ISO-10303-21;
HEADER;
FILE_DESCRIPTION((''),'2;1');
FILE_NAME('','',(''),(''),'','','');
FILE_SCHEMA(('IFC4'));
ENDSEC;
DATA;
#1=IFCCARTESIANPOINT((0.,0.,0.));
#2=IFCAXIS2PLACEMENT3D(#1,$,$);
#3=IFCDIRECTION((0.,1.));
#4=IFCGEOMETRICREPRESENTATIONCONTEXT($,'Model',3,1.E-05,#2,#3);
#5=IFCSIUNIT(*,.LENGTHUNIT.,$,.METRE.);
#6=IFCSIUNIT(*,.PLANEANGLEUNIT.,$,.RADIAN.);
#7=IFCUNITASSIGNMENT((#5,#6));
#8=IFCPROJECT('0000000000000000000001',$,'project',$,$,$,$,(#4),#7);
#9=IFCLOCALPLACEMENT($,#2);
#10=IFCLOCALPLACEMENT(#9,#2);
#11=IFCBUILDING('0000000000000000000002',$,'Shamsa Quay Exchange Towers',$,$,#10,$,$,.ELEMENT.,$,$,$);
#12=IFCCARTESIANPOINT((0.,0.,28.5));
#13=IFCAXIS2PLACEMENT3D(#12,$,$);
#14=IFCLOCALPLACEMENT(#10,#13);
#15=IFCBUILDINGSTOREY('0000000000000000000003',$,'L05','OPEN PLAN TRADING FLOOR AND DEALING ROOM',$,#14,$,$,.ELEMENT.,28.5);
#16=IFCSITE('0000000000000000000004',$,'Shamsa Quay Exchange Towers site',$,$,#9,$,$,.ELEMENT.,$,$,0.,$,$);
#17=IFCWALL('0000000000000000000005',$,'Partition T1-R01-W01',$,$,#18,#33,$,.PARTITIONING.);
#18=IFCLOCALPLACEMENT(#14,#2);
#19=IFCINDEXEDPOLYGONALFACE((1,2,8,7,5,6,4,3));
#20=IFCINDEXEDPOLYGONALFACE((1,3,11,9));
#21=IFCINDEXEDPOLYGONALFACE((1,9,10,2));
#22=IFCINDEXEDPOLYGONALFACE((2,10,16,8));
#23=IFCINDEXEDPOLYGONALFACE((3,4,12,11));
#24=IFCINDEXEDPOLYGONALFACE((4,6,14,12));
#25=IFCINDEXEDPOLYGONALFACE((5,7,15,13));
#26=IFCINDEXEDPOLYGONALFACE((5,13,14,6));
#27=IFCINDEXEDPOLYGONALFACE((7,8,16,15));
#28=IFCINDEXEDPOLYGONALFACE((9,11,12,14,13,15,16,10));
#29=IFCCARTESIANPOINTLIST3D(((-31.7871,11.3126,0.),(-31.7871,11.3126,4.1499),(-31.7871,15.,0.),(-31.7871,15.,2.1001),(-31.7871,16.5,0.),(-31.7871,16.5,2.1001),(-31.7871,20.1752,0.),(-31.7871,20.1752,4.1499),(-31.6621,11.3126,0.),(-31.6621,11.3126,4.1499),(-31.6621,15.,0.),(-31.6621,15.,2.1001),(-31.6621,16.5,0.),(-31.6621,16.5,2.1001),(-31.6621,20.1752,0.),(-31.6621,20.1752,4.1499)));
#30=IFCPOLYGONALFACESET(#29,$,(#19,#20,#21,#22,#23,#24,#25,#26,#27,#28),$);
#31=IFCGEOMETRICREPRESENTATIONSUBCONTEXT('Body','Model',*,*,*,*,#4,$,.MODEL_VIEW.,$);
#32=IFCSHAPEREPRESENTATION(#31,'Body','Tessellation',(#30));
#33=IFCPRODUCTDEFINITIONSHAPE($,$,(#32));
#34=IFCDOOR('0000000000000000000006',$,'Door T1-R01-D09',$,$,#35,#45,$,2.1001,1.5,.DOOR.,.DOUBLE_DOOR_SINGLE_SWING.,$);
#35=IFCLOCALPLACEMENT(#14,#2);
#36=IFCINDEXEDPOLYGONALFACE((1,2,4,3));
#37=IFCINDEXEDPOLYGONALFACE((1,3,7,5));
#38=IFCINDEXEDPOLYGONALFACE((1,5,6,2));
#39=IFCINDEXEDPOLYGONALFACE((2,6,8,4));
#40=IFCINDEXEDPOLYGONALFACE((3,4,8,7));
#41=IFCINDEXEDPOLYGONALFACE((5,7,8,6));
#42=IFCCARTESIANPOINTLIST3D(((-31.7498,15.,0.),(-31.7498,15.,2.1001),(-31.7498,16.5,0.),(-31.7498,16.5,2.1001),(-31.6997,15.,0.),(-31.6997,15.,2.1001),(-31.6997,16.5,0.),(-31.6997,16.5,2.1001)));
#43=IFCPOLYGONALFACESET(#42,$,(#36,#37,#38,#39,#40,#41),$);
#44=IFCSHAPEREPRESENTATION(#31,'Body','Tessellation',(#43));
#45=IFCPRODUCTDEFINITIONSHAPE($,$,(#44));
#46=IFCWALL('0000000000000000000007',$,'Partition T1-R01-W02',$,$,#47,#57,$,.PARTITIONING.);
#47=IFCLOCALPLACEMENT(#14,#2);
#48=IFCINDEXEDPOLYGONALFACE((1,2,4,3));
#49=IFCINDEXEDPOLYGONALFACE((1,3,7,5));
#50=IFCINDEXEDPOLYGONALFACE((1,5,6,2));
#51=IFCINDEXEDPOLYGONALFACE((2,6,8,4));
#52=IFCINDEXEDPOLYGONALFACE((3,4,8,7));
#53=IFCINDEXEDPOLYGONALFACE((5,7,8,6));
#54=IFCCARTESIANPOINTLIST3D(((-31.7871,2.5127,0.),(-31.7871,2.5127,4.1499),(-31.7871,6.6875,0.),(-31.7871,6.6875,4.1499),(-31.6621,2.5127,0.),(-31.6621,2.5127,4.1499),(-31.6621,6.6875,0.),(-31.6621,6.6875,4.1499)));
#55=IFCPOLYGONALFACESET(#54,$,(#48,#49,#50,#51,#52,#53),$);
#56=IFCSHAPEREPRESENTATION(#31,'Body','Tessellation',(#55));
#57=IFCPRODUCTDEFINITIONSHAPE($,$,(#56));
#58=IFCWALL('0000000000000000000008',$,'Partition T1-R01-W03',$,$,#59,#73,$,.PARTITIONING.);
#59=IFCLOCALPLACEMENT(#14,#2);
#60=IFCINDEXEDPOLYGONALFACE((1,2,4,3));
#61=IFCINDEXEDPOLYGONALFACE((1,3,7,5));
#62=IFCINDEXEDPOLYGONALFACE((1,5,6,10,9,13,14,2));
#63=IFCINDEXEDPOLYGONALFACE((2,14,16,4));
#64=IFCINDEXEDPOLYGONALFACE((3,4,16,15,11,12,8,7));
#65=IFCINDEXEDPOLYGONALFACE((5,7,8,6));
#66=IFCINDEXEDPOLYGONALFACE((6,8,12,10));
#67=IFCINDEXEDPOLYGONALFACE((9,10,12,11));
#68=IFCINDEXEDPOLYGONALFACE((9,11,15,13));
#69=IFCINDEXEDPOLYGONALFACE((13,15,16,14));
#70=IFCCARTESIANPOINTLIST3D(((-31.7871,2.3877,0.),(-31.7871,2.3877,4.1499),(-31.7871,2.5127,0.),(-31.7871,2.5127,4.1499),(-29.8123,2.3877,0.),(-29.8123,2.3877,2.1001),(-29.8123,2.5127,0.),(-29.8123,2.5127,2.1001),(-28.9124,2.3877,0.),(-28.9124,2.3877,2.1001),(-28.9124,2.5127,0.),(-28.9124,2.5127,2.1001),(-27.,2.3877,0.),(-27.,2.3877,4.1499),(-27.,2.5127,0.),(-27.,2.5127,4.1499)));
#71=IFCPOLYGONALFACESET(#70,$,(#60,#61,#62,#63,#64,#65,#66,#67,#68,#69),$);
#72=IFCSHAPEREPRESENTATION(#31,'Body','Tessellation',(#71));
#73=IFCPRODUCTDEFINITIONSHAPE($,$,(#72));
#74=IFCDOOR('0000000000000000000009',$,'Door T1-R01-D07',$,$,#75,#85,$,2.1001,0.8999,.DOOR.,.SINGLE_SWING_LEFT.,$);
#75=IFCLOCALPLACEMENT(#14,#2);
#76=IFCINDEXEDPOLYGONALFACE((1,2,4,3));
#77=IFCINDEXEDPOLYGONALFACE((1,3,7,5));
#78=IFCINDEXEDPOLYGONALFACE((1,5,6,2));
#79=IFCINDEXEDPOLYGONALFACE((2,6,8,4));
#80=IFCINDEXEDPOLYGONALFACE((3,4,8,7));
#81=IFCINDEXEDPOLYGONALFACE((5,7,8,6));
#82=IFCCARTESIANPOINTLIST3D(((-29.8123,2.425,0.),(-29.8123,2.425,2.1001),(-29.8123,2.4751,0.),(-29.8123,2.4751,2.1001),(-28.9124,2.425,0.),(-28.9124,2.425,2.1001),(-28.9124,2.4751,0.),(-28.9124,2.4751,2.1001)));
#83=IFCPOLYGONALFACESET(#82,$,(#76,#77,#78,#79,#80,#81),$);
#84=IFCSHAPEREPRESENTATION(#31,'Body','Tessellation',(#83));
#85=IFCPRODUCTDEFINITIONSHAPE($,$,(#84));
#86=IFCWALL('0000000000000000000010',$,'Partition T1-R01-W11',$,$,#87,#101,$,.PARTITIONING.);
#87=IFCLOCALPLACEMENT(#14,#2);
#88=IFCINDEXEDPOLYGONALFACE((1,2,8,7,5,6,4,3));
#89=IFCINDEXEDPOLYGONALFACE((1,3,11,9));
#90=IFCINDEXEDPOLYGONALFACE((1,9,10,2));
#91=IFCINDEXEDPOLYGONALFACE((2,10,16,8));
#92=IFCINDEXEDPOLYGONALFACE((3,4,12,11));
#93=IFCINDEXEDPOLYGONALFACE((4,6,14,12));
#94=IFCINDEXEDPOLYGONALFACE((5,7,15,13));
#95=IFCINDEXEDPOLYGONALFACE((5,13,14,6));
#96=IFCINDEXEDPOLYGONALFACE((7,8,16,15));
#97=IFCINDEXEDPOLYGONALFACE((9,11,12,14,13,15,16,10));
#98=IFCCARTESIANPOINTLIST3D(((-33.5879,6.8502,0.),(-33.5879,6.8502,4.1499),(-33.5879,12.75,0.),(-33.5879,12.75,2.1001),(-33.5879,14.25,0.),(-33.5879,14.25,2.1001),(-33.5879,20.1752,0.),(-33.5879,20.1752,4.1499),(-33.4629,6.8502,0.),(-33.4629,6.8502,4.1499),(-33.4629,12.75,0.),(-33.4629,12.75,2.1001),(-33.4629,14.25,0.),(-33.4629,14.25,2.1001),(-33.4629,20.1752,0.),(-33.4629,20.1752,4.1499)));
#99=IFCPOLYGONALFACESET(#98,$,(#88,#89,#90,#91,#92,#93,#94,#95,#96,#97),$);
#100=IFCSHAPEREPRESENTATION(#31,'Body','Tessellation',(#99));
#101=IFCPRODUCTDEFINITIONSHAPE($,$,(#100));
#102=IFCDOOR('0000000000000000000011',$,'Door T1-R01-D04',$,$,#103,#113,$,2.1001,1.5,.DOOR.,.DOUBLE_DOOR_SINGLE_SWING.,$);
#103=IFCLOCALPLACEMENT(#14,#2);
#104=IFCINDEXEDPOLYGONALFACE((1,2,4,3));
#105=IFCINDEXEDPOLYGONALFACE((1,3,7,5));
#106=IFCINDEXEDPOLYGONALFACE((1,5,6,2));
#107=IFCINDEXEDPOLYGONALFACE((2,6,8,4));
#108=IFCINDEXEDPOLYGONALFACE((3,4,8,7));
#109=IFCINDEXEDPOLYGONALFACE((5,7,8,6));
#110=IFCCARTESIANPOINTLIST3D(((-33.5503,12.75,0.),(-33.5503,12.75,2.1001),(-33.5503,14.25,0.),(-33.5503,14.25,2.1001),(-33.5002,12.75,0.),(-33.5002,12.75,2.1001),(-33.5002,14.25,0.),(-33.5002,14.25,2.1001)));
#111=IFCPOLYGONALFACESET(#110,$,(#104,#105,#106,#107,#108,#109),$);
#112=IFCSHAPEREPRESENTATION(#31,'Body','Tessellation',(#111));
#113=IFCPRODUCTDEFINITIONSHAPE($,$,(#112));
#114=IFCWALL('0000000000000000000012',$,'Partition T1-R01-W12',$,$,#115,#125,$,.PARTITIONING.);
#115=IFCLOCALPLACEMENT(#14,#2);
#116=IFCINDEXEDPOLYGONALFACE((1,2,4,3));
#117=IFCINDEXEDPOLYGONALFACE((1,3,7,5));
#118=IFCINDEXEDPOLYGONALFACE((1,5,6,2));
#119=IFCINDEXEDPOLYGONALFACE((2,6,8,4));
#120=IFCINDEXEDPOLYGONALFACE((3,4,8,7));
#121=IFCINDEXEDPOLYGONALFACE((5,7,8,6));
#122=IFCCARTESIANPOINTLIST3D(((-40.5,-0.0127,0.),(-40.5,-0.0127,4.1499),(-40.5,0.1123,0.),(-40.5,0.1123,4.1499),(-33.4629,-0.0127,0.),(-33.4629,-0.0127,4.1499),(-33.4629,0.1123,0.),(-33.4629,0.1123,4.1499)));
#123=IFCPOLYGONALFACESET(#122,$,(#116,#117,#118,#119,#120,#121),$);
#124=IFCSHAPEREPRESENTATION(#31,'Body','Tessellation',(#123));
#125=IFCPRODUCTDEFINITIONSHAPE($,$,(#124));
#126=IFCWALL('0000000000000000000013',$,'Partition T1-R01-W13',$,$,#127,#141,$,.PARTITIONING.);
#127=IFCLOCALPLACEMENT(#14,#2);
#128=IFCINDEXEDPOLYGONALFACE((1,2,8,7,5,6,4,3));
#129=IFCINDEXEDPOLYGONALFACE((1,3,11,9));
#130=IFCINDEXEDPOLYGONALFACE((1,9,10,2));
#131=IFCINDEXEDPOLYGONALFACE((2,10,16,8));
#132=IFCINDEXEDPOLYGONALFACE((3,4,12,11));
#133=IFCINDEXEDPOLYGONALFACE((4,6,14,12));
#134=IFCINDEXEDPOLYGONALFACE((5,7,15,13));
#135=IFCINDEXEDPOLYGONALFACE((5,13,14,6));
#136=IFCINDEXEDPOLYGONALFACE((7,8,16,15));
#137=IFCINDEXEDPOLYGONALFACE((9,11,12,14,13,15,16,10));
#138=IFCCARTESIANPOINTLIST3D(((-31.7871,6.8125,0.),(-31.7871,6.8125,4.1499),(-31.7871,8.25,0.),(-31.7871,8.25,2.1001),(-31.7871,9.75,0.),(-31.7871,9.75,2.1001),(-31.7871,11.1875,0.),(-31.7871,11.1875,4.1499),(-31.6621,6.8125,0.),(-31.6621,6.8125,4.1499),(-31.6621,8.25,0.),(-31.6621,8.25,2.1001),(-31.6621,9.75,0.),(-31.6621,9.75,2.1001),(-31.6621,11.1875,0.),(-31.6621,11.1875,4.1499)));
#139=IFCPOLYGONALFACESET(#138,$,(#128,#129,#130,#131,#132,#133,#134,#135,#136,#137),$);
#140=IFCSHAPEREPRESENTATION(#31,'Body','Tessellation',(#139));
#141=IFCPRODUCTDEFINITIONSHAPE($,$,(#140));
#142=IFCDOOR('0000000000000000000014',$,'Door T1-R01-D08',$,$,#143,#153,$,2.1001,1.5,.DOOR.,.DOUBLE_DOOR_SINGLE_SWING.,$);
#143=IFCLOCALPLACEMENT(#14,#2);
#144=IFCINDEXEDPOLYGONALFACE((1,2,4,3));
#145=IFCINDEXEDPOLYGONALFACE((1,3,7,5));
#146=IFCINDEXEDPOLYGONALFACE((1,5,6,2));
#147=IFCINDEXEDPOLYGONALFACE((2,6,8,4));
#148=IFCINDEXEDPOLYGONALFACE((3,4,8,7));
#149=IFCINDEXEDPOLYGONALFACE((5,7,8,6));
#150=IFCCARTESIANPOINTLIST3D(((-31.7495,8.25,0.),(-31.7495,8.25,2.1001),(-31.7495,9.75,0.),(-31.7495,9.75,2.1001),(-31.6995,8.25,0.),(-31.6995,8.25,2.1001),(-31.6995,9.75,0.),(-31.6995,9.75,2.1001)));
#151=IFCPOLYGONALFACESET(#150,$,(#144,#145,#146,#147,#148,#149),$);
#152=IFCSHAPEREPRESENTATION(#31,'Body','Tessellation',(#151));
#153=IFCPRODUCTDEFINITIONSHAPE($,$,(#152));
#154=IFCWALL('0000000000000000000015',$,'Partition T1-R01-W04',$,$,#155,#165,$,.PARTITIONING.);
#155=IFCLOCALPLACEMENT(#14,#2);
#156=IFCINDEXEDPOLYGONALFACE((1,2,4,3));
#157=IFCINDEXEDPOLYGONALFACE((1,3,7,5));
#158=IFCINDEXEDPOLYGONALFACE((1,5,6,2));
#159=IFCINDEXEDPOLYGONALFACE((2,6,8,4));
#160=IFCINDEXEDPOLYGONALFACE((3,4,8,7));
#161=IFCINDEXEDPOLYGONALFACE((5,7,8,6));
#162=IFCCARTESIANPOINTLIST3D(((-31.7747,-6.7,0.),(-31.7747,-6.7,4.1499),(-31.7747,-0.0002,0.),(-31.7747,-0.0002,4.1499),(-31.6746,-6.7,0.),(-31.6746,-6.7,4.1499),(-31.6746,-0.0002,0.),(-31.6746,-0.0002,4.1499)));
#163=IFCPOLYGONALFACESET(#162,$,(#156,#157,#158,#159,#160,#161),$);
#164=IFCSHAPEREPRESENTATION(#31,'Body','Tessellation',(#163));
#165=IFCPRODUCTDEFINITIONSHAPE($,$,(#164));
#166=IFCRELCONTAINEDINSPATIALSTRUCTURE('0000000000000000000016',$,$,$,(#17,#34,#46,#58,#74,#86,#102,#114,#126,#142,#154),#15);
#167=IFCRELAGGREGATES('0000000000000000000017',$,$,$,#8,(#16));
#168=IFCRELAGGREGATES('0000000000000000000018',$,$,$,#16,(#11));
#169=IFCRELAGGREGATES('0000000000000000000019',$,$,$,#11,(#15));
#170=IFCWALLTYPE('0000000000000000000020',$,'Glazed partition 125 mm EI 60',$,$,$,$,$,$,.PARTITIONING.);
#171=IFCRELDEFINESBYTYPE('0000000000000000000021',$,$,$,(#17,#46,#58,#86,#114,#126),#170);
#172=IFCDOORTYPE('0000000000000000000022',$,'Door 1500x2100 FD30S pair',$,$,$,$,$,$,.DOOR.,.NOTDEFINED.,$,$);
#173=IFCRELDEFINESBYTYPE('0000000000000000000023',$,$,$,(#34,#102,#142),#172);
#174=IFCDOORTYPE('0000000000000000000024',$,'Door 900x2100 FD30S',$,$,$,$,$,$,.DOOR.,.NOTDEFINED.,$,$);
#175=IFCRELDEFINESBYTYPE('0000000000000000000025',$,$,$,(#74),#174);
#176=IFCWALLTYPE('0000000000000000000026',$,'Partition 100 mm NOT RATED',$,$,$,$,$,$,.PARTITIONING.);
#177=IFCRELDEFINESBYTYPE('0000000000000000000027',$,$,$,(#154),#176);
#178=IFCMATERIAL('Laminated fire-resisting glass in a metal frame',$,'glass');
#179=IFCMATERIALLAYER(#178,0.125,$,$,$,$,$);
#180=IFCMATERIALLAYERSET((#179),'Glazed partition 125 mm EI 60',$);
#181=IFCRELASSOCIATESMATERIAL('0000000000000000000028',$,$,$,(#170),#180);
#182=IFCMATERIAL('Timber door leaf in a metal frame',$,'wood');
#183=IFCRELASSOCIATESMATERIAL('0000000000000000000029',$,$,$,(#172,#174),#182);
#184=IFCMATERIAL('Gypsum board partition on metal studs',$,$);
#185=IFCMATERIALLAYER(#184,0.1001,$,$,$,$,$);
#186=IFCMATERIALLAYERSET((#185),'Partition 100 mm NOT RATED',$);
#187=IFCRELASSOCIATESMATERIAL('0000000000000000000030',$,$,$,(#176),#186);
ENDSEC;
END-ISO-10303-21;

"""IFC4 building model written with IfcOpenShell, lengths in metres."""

from ifc_helpers import new_model, si_unit, direction, frame, frame_2d, origin, place, context, subcontext, project, spatial, rectangle, extrude, material, layer, layer_set, type_object, element, fill, save


model = new_model("IFC4")

# Units and contexts
model_context = context("Model", 3, precision=1e-05, world=origin(), true_north=direction((0.0, 1.0)))
body_context = subcontext(model_context, "Body", "Model", "MODEL_VIEW")
ifc_project = project(units=[si_unit("LENGTHUNIT", "METRE"), si_unit("PLANEANGLEUNIT", "RADIAN")], contexts=[model_context])

# Site, building, storey
site_placement = place(None, origin())
site = spatial("IfcSite", under=ifc_project, at=site_placement, Name="Shamsa Quay Exchange Towers site", CompositionType="ELEMENT", RefElevation=0.0)
building_placement = place(site_placement, origin())
building = spatial("IfcBuilding", under=site, at=building_placement, Name="Shamsa Quay Exchange Towers", CompositionType="ELEMENT")
storey_placement = place(building_placement, frame((0.0, 0.0, 28.5)))
storey = spatial("IfcBuildingStorey", under=building, at=storey_placement, Name="L05", Description="OPEN PLAN TRADING FLOOR AND DEALING ROOM", CompositionType="ELEMENT", Elevation=28.5)

# Wall, opening, door
ifc_material_1 = material(Name="Laminated fire-resisting glass in a metal frame", Category="glass")
ifc_layer_1 = layer(ifc_material_1, 0.125)
ifc_layer_set_1 = layer_set([ifc_layer_1], Name="Glazed partition 125 mm EI 60")
wall_type_1 = type_object("IfcWallType", Name="Glazed partition 125 mm EI 60", PredefinedType="PARTITIONING", material=ifc_layer_set_1)
wall_1_placement = place(storey_placement, frame((-31.7246, 20.175, 0.0), z_axis=(0.0, 0.0, 1.0), x_axis=(0.0, -1.0, 0.0)))
wall_1 = element("IfcWall", 1, at=wall_1_placement, inside=storey, type_object=wall_type_1, Name="Partition T1-R01-W01", PredefinedType="PARTITIONING", context=body_context, shape_type="SweptSolid", body=[
    extrude(rectangle(XDim=8.8625, YDim=0.125, at=frame_2d((4.4312, 0.0))), origin(), (0.0, 0.0, 1.0), 4.1499),
])
opening_1_placement = place(wall_1_placement, frame((3.675, 0.0, 0.0)))
opening_1 = element("IfcOpeningElement", 2, at=opening_1_placement, cuts=wall_1, PredefinedType="OPENING", context=body_context, shape_type="SweptSolid", body=[
    extrude(rectangle(XDim=1.5, YDim=2.1001, at=frame_2d((0.75, 1.05))), frame((0.0, 0.0725, 0.0), z_axis=(0.0, -1.0, 0.0), x_axis=(1.0, 0.0, 0.0)), (0.0, 0.0, 1.0), 0.145),
])
ifc_material_2 = material(Name="Timber door leaf in a metal frame", Category="wood")
door_type_1 = type_object("IfcDoorType", Name="Door 1500x2100 FD30S pair", OperationType="NOTDEFINED", PredefinedType="DOOR", material=ifc_material_2)
door_1_placement = place(opening_1_placement, origin())
door_1 = element("IfcDoor", 3, at=door_1_placement, inside=storey, type_object=door_type_1, Name="Door T1-R01-D09", OperationType="DOUBLE_DOOR_SINGLE_SWING", OverallHeight=2.1001, OverallWidth=1.5, PredefinedType="DOOR", context=body_context, shape_type="SweptSolid", body=[
    extrude(rectangle(XDim=1.5, YDim=2.1001, at=frame_2d((0.75, 1.05))), frame((0.0, 0.0249, 0.0), z_axis=(0.0, -1.0, 0.0), x_axis=(1.0, 0.0, 0.0)), (0.0, 0.0, 1.0), 0.05),
])
fill(opening_1, door_1)

# Wall
wall_2_placement = place(storey_placement, frame((-31.7246, 6.6875, 0.0), z_axis=(0.0, 0.0, 1.0), x_axis=(0.0, -1.0, 0.0)))
element("IfcWall", 4, at=wall_2_placement, inside=storey, type_object=wall_type_1, Name="Partition T1-R01-W02", PredefinedType="PARTITIONING", context=body_context, shape_type="SweptSolid", body=[
    extrude(rectangle(XDim=4.1748, YDim=0.125, at=frame_2d((2.0874, 0.0))), origin(), (0.0, 0.0, 1.0), 4.1499),
])

# Walls, openings, doors
wall_3_placement = place(storey_placement, frame((-31.7871, 2.4502, 0.0)))
wall_3 = element("IfcWall", 5, at=wall_3_placement, inside=storey, type_object=wall_type_1, Name="Partition T1-R01-W03", PredefinedType="PARTITIONING", context=body_context, shape_type="SweptSolid", body=[
    extrude(rectangle(XDim=4.7871, YDim=0.125, at=frame_2d((2.3936, 0.0))), origin(), (0.0, 0.0, 1.0), 4.1499),
])
opening_2_placement = place(wall_3_placement, frame((1.9749, 0.0, 0.0)))
opening_2 = element("IfcOpeningElement", 6, at=opening_2_placement, cuts=wall_3, PredefinedType="OPENING", context=body_context, shape_type="SweptSolid", body=[
    extrude(rectangle(XDim=0.8999, YDim=2.1001, at=frame_2d((0.45, 1.05))), frame((0.0, 0.0725, 0.0), z_axis=(0.0, -1.0, 0.0), x_axis=(1.0, 0.0, 0.0)), (0.0, 0.0, 1.0), 0.145),
])
door_type_2 = type_object("IfcDoorType", Name="Door 900x2100 FD30S", OperationType="NOTDEFINED", PredefinedType="DOOR", material=ifc_material_2)
door_2_placement = place(opening_2_placement, origin())
door_2 = element("IfcDoor", 7, at=door_2_placement, inside=storey, type_object=door_type_2, Name="Door T1-R01-D07", OperationType="SINGLE_SWING_LEFT", OverallHeight=2.1001, OverallWidth=0.8999, PredefinedType="DOOR", context=body_context, shape_type="SweptSolid", body=[
    extrude(rectangle(XDim=0.8999, YDim=2.1001, at=frame_2d((0.45, 1.05))), frame((0.0, 0.0249, 0.0), z_axis=(0.0, -1.0, 0.0), x_axis=(1.0, 0.0, 0.0)), (0.0, 0.0, 1.0), 0.05),
])
fill(opening_2, door_2)
wall_4_placement = place(storey_placement, frame((-33.5254, 6.8501, 0.0), z_axis=(0.0, 0.0, 1.0), x_axis=(0.0, 1.0, 0.0)))
wall_4 = element("IfcWall", 8, at=wall_4_placement, inside=storey, type_object=wall_type_1, Name="Partition T1-R01-W11", PredefinedType="PARTITIONING", context=body_context, shape_type="SweptSolid", body=[
    extrude(rectangle(XDim=13.325, YDim=0.125, at=frame_2d((6.6626, 0.0))), origin(), (0.0, 0.0, 1.0), 4.1499),
])
opening_3_placement = place(wall_4_placement, frame((5.8999, 0.0, 0.0)))
opening_3 = element("IfcOpeningElement", 9, at=opening_3_placement, cuts=wall_4, PredefinedType="OPENING", context=body_context, shape_type="SweptSolid", body=[
    extrude(rectangle(XDim=1.5, YDim=2.1001, at=frame_2d((0.75, 1.05))), frame((0.0, 0.0725, 0.0), z_axis=(0.0, -1.0, 0.0), x_axis=(1.0, 0.0, 0.0)), (0.0, 0.0, 1.0), 0.145),
])
door_3_placement = place(opening_3_placement, origin())
door_3 = element("IfcDoor", 10, at=door_3_placement, inside=storey, type_object=door_type_1, Name="Door T1-R01-D04", OperationType="DOUBLE_DOOR_SINGLE_SWING", OverallHeight=2.1001, OverallWidth=1.5, PredefinedType="DOOR", context=body_context, shape_type="SweptSolid", body=[
    extrude(rectangle(XDim=1.5, YDim=2.1001, at=frame_2d((0.75, 1.05))), frame((0.0, 0.0249, 0.0), z_axis=(0.0, -1.0, 0.0), x_axis=(1.0, 0.0, 0.0)), (0.0, 0.0, 1.0), 0.05),
])
fill(opening_3, door_3)

# Wall
wall_5_placement = place(storey_placement, frame((-33.4629, 0.0498, 0.0), z_axis=(0.0, 0.0, 1.0), x_axis=(-1.0, 0.0, 0.0)))
element("IfcWall", 11, at=wall_5_placement, inside=storey, type_object=wall_type_1, Name="Partition T1-R01-W12", PredefinedType="PARTITIONING", context=body_context, shape_type="SweptSolid", body=[
    extrude(rectangle(XDim=7.0371, YDim=0.125, at=frame_2d((3.5186, 0.0))), origin(), (0.0, 0.0, 1.0), 4.1499),
])

# Wall, opening, door
wall_6_placement = place(storey_placement, frame((-31.7246, 6.8125, 0.0), z_axis=(0.0, 0.0, 1.0), x_axis=(0.0, 1.0, 0.0)))
wall_6 = element("IfcWall", 12, at=wall_6_placement, inside=storey, type_object=wall_type_1, Name="Partition T1-R01-W13", PredefinedType="PARTITIONING", context=body_context, shape_type="SweptSolid", body=[
    extrude(rectangle(XDim=4.375, YDim=0.125, at=frame_2d((2.1875, 0.0))), origin(), (0.0, 0.0, 1.0), 4.1499),
])
opening_4_placement = place(wall_6_placement, frame((1.4375, 0.0, 0.0)))
opening_4 = element("IfcOpeningElement", 13, at=opening_4_placement, cuts=wall_6, PredefinedType="OPENING", context=body_context, shape_type="SweptSolid", body=[
    extrude(rectangle(XDim=1.5, YDim=2.1001, at=frame_2d((0.75, 1.05))), frame((0.0, 0.0725, 0.0), z_axis=(0.0, -1.0, 0.0), x_axis=(1.0, 0.0, 0.0)), (0.0, 0.0, 1.0), 0.145),
])
door_4_placement = place(opening_4_placement, origin())
door_4 = element("IfcDoor", 14, at=door_4_placement, inside=storey, type_object=door_type_1, Name="Door T1-R01-D08", OperationType="DOUBLE_DOOR_SINGLE_SWING", OverallHeight=2.1001, OverallWidth=1.5, PredefinedType="DOOR", context=body_context, shape_type="SweptSolid", body=[
    extrude(rectangle(XDim=1.5, YDim=2.1001, at=frame_2d((0.75, 1.05))), frame((0.0, 0.0249, 0.0), z_axis=(0.0, -1.0, 0.0), x_axis=(1.0, 0.0, 0.0)), (0.0, 0.0, 1.0), 0.05),
])
fill(opening_4, door_4)

# Wall
ifc_material_3 = material(Name="Gypsum board partition on metal studs")
ifc_layer_2 = layer(ifc_material_3, 0.1001)
ifc_layer_set_2 = layer_set([ifc_layer_2], Name="Partition 100 mm NOT RATED")
wall_type_2 = type_object("IfcWallType", Name="Partition 100 mm NOT RATED", PredefinedType="PARTITIONING", material=ifc_layer_set_2)
wall_7_placement = place(storey_placement, frame((-31.7246, -0.0002, 0.0), z_axis=(0.0, 0.0, 1.0), x_axis=(0.0, -1.0, 0.0)))
element("IfcWall", 15, at=wall_7_placement, inside=storey, type_object=wall_type_2, Name="Partition T1-R01-W04", PredefinedType="PARTITIONING", context=body_context, shape_type="SweptSolid", body=[
    extrude(rectangle(XDim=6.6997, YDim=0.1001, at=frame_2d((3.3499, 0.0))), origin(), (0.0, 0.0, 1.0), 4.1499),
])

save(model, "model.ifc")
